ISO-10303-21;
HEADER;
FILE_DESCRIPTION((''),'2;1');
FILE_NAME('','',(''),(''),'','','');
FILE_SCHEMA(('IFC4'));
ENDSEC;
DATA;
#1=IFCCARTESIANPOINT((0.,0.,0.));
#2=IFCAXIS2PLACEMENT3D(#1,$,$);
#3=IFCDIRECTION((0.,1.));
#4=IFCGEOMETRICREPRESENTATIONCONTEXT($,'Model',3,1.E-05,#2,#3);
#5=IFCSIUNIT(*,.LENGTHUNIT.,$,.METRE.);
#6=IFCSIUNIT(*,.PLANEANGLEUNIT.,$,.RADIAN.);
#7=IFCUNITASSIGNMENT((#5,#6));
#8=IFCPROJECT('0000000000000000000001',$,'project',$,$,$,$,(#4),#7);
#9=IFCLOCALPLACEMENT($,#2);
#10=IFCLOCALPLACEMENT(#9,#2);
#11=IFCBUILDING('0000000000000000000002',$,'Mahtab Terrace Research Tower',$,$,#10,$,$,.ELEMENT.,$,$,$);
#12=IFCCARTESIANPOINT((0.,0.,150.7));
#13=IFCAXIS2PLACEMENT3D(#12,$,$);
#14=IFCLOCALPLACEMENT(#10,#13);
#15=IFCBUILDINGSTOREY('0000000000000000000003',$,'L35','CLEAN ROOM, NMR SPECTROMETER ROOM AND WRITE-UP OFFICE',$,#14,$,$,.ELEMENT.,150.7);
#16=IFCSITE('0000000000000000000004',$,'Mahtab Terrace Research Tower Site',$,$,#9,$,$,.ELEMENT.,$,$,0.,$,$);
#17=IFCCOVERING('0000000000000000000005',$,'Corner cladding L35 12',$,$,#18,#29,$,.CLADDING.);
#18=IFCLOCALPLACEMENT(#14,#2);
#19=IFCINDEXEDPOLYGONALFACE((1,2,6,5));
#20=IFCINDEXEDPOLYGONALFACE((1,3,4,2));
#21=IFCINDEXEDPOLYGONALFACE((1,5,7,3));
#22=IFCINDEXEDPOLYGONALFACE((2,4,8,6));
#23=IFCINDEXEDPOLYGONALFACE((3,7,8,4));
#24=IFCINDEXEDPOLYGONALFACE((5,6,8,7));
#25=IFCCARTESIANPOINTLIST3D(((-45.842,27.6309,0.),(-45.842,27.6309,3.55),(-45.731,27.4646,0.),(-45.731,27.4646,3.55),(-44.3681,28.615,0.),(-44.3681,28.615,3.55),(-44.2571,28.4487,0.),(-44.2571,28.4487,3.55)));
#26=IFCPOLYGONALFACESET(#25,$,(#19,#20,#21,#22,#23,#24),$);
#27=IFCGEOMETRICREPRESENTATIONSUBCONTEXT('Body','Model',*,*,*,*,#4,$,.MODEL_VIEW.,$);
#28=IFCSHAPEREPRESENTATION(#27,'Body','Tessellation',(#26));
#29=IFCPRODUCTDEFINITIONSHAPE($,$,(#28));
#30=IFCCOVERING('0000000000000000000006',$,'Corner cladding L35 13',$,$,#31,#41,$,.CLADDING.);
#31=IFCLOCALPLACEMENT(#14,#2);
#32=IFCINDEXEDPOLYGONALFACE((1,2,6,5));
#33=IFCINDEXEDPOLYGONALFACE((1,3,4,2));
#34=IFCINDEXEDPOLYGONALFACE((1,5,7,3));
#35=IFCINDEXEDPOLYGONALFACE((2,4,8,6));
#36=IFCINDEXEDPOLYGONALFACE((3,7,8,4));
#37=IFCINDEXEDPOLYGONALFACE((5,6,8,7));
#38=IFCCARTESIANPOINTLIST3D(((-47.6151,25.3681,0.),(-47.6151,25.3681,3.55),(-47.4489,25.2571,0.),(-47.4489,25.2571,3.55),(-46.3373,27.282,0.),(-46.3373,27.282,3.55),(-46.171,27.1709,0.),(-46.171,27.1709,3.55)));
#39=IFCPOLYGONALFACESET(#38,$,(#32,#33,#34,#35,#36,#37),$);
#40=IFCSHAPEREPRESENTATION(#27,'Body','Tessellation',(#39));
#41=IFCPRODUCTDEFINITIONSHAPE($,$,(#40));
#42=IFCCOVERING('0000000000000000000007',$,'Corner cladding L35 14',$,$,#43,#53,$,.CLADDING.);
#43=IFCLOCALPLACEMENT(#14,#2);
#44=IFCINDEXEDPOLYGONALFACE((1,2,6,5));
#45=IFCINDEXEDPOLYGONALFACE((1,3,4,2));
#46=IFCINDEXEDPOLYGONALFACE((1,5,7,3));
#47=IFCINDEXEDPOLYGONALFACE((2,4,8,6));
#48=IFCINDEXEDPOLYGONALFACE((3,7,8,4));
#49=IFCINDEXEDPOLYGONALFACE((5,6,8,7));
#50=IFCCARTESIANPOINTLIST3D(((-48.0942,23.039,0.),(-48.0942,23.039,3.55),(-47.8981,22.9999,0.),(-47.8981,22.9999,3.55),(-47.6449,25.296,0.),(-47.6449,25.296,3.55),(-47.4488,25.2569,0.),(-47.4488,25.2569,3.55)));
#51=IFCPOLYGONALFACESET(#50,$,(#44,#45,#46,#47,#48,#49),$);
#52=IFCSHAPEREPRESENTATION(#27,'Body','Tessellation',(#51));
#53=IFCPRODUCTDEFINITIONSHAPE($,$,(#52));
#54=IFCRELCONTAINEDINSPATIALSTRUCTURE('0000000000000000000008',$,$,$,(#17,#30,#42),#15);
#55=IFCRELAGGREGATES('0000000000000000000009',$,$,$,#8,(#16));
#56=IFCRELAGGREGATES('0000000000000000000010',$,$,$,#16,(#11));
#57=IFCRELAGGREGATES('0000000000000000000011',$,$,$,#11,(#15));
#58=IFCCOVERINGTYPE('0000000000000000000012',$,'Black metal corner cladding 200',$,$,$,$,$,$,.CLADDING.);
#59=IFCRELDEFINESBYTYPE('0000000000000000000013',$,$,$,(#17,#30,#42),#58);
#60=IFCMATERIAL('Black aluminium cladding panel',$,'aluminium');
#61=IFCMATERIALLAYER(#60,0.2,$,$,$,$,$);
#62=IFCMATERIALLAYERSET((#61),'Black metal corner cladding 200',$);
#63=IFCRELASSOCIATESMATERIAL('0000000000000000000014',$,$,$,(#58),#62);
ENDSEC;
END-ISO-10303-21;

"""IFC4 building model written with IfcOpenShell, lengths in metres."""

from ifc_helpers import new_model, si_unit, direction, frame, origin, origin_2d, place, context, subcontext, project, spatial, rectangle, extrude, material, layer, layer_set, type_object, element, save


model = new_model("IFC4")

# Units and contexts
model_context = context("Model", 3, precision=1e-05, world=origin(), true_north=direction((0.0, 1.0)))
body_context = subcontext(model_context, "Body", "Model", "MODEL_VIEW")
ifc_project = project(units=[si_unit("LENGTHUNIT", "METRE"), si_unit("PLANEANGLEUNIT", "RADIAN")], contexts=[model_context])

# Site, building, storey
site_placement = place(None, origin())
site = spatial("IfcSite", under=ifc_project, at=site_placement, Name="Mahtab Terrace Research Tower Site", CompositionType="ELEMENT", RefElevation=0.0)
building_placement = place(site_placement, origin())
building = spatial("IfcBuilding", under=site, at=building_placement, Name="Mahtab Terrace Research Tower", CompositionType="ELEMENT")
storey_placement = place(building_placement, frame((0.0, 0.0, 150.7)))
storey = spatial("IfcBuildingStorey", under=building, at=storey_placement, Name="L35", Description="CLEAN ROOM, NMR SPECTROMETER ROOM AND WRITE-UP OFFICE", CompositionType="ELEMENT", Elevation=150.7)

# Coverings
ifc_material_1 = material(Name="Black aluminium cladding panel", Category="aluminium")
ifc_layer_1 = layer(ifc_material_1, 0.2)
ifc_layer_set_1 = layer_set([ifc_layer_1], Name="Black metal corner cladding 200")
covering_type = type_object("IfcCoveringType", Name="Black metal corner cladding 200", PredefinedType="CLADDING", material=ifc_layer_set_1)
covering_1_placement = place(storey_placement, frame((-45.0496, 28.0398, 0.0), z_axis=(0.0, 0.0, 1.0), x_axis=(-0.831656, -0.555291, 0.0)))
element("IfcCovering", 1, at=covering_1_placement, inside=storey, type_object=covering_type, Name="Corner cladding L35 12", PredefinedType="CLADDING", context=body_context, shape_type="SweptSolid", body=[
    extrude(rectangle(XDim=1.7722, YDim=0.2, at=origin_2d()), origin(), (0.0, 0.0, 1.0), 3.55),
])
for number, where, z_axis, x_axis, name in (
    (2, (-46.8931, 26.2695, 0.0), (0.0, 0.0, 1.0), (-0.555291, -0.831656, 0.0), "Corner cladding L35 13"),
    (3, (-47.7715, 24.1479, 0.0), (0.0, 0.0, 1.0), (-0.195212, -0.980761, 0.0), "Corner cladding L35 14"),
):
    element("IfcCovering", number, at=place(storey_placement, frame(where, z_axis=z_axis, x_axis=x_axis)), inside=storey, type_object=covering_type, Name=name, PredefinedType="CLADDING", context=body_context, shape_type="SweptSolid", body=[
        extrude(rectangle(XDim=2.3013, YDim=0.2, at=origin_2d()), origin(), (0.0, 0.0, 1.0), 3.55),
    ])

save(model, "model.ifc")
